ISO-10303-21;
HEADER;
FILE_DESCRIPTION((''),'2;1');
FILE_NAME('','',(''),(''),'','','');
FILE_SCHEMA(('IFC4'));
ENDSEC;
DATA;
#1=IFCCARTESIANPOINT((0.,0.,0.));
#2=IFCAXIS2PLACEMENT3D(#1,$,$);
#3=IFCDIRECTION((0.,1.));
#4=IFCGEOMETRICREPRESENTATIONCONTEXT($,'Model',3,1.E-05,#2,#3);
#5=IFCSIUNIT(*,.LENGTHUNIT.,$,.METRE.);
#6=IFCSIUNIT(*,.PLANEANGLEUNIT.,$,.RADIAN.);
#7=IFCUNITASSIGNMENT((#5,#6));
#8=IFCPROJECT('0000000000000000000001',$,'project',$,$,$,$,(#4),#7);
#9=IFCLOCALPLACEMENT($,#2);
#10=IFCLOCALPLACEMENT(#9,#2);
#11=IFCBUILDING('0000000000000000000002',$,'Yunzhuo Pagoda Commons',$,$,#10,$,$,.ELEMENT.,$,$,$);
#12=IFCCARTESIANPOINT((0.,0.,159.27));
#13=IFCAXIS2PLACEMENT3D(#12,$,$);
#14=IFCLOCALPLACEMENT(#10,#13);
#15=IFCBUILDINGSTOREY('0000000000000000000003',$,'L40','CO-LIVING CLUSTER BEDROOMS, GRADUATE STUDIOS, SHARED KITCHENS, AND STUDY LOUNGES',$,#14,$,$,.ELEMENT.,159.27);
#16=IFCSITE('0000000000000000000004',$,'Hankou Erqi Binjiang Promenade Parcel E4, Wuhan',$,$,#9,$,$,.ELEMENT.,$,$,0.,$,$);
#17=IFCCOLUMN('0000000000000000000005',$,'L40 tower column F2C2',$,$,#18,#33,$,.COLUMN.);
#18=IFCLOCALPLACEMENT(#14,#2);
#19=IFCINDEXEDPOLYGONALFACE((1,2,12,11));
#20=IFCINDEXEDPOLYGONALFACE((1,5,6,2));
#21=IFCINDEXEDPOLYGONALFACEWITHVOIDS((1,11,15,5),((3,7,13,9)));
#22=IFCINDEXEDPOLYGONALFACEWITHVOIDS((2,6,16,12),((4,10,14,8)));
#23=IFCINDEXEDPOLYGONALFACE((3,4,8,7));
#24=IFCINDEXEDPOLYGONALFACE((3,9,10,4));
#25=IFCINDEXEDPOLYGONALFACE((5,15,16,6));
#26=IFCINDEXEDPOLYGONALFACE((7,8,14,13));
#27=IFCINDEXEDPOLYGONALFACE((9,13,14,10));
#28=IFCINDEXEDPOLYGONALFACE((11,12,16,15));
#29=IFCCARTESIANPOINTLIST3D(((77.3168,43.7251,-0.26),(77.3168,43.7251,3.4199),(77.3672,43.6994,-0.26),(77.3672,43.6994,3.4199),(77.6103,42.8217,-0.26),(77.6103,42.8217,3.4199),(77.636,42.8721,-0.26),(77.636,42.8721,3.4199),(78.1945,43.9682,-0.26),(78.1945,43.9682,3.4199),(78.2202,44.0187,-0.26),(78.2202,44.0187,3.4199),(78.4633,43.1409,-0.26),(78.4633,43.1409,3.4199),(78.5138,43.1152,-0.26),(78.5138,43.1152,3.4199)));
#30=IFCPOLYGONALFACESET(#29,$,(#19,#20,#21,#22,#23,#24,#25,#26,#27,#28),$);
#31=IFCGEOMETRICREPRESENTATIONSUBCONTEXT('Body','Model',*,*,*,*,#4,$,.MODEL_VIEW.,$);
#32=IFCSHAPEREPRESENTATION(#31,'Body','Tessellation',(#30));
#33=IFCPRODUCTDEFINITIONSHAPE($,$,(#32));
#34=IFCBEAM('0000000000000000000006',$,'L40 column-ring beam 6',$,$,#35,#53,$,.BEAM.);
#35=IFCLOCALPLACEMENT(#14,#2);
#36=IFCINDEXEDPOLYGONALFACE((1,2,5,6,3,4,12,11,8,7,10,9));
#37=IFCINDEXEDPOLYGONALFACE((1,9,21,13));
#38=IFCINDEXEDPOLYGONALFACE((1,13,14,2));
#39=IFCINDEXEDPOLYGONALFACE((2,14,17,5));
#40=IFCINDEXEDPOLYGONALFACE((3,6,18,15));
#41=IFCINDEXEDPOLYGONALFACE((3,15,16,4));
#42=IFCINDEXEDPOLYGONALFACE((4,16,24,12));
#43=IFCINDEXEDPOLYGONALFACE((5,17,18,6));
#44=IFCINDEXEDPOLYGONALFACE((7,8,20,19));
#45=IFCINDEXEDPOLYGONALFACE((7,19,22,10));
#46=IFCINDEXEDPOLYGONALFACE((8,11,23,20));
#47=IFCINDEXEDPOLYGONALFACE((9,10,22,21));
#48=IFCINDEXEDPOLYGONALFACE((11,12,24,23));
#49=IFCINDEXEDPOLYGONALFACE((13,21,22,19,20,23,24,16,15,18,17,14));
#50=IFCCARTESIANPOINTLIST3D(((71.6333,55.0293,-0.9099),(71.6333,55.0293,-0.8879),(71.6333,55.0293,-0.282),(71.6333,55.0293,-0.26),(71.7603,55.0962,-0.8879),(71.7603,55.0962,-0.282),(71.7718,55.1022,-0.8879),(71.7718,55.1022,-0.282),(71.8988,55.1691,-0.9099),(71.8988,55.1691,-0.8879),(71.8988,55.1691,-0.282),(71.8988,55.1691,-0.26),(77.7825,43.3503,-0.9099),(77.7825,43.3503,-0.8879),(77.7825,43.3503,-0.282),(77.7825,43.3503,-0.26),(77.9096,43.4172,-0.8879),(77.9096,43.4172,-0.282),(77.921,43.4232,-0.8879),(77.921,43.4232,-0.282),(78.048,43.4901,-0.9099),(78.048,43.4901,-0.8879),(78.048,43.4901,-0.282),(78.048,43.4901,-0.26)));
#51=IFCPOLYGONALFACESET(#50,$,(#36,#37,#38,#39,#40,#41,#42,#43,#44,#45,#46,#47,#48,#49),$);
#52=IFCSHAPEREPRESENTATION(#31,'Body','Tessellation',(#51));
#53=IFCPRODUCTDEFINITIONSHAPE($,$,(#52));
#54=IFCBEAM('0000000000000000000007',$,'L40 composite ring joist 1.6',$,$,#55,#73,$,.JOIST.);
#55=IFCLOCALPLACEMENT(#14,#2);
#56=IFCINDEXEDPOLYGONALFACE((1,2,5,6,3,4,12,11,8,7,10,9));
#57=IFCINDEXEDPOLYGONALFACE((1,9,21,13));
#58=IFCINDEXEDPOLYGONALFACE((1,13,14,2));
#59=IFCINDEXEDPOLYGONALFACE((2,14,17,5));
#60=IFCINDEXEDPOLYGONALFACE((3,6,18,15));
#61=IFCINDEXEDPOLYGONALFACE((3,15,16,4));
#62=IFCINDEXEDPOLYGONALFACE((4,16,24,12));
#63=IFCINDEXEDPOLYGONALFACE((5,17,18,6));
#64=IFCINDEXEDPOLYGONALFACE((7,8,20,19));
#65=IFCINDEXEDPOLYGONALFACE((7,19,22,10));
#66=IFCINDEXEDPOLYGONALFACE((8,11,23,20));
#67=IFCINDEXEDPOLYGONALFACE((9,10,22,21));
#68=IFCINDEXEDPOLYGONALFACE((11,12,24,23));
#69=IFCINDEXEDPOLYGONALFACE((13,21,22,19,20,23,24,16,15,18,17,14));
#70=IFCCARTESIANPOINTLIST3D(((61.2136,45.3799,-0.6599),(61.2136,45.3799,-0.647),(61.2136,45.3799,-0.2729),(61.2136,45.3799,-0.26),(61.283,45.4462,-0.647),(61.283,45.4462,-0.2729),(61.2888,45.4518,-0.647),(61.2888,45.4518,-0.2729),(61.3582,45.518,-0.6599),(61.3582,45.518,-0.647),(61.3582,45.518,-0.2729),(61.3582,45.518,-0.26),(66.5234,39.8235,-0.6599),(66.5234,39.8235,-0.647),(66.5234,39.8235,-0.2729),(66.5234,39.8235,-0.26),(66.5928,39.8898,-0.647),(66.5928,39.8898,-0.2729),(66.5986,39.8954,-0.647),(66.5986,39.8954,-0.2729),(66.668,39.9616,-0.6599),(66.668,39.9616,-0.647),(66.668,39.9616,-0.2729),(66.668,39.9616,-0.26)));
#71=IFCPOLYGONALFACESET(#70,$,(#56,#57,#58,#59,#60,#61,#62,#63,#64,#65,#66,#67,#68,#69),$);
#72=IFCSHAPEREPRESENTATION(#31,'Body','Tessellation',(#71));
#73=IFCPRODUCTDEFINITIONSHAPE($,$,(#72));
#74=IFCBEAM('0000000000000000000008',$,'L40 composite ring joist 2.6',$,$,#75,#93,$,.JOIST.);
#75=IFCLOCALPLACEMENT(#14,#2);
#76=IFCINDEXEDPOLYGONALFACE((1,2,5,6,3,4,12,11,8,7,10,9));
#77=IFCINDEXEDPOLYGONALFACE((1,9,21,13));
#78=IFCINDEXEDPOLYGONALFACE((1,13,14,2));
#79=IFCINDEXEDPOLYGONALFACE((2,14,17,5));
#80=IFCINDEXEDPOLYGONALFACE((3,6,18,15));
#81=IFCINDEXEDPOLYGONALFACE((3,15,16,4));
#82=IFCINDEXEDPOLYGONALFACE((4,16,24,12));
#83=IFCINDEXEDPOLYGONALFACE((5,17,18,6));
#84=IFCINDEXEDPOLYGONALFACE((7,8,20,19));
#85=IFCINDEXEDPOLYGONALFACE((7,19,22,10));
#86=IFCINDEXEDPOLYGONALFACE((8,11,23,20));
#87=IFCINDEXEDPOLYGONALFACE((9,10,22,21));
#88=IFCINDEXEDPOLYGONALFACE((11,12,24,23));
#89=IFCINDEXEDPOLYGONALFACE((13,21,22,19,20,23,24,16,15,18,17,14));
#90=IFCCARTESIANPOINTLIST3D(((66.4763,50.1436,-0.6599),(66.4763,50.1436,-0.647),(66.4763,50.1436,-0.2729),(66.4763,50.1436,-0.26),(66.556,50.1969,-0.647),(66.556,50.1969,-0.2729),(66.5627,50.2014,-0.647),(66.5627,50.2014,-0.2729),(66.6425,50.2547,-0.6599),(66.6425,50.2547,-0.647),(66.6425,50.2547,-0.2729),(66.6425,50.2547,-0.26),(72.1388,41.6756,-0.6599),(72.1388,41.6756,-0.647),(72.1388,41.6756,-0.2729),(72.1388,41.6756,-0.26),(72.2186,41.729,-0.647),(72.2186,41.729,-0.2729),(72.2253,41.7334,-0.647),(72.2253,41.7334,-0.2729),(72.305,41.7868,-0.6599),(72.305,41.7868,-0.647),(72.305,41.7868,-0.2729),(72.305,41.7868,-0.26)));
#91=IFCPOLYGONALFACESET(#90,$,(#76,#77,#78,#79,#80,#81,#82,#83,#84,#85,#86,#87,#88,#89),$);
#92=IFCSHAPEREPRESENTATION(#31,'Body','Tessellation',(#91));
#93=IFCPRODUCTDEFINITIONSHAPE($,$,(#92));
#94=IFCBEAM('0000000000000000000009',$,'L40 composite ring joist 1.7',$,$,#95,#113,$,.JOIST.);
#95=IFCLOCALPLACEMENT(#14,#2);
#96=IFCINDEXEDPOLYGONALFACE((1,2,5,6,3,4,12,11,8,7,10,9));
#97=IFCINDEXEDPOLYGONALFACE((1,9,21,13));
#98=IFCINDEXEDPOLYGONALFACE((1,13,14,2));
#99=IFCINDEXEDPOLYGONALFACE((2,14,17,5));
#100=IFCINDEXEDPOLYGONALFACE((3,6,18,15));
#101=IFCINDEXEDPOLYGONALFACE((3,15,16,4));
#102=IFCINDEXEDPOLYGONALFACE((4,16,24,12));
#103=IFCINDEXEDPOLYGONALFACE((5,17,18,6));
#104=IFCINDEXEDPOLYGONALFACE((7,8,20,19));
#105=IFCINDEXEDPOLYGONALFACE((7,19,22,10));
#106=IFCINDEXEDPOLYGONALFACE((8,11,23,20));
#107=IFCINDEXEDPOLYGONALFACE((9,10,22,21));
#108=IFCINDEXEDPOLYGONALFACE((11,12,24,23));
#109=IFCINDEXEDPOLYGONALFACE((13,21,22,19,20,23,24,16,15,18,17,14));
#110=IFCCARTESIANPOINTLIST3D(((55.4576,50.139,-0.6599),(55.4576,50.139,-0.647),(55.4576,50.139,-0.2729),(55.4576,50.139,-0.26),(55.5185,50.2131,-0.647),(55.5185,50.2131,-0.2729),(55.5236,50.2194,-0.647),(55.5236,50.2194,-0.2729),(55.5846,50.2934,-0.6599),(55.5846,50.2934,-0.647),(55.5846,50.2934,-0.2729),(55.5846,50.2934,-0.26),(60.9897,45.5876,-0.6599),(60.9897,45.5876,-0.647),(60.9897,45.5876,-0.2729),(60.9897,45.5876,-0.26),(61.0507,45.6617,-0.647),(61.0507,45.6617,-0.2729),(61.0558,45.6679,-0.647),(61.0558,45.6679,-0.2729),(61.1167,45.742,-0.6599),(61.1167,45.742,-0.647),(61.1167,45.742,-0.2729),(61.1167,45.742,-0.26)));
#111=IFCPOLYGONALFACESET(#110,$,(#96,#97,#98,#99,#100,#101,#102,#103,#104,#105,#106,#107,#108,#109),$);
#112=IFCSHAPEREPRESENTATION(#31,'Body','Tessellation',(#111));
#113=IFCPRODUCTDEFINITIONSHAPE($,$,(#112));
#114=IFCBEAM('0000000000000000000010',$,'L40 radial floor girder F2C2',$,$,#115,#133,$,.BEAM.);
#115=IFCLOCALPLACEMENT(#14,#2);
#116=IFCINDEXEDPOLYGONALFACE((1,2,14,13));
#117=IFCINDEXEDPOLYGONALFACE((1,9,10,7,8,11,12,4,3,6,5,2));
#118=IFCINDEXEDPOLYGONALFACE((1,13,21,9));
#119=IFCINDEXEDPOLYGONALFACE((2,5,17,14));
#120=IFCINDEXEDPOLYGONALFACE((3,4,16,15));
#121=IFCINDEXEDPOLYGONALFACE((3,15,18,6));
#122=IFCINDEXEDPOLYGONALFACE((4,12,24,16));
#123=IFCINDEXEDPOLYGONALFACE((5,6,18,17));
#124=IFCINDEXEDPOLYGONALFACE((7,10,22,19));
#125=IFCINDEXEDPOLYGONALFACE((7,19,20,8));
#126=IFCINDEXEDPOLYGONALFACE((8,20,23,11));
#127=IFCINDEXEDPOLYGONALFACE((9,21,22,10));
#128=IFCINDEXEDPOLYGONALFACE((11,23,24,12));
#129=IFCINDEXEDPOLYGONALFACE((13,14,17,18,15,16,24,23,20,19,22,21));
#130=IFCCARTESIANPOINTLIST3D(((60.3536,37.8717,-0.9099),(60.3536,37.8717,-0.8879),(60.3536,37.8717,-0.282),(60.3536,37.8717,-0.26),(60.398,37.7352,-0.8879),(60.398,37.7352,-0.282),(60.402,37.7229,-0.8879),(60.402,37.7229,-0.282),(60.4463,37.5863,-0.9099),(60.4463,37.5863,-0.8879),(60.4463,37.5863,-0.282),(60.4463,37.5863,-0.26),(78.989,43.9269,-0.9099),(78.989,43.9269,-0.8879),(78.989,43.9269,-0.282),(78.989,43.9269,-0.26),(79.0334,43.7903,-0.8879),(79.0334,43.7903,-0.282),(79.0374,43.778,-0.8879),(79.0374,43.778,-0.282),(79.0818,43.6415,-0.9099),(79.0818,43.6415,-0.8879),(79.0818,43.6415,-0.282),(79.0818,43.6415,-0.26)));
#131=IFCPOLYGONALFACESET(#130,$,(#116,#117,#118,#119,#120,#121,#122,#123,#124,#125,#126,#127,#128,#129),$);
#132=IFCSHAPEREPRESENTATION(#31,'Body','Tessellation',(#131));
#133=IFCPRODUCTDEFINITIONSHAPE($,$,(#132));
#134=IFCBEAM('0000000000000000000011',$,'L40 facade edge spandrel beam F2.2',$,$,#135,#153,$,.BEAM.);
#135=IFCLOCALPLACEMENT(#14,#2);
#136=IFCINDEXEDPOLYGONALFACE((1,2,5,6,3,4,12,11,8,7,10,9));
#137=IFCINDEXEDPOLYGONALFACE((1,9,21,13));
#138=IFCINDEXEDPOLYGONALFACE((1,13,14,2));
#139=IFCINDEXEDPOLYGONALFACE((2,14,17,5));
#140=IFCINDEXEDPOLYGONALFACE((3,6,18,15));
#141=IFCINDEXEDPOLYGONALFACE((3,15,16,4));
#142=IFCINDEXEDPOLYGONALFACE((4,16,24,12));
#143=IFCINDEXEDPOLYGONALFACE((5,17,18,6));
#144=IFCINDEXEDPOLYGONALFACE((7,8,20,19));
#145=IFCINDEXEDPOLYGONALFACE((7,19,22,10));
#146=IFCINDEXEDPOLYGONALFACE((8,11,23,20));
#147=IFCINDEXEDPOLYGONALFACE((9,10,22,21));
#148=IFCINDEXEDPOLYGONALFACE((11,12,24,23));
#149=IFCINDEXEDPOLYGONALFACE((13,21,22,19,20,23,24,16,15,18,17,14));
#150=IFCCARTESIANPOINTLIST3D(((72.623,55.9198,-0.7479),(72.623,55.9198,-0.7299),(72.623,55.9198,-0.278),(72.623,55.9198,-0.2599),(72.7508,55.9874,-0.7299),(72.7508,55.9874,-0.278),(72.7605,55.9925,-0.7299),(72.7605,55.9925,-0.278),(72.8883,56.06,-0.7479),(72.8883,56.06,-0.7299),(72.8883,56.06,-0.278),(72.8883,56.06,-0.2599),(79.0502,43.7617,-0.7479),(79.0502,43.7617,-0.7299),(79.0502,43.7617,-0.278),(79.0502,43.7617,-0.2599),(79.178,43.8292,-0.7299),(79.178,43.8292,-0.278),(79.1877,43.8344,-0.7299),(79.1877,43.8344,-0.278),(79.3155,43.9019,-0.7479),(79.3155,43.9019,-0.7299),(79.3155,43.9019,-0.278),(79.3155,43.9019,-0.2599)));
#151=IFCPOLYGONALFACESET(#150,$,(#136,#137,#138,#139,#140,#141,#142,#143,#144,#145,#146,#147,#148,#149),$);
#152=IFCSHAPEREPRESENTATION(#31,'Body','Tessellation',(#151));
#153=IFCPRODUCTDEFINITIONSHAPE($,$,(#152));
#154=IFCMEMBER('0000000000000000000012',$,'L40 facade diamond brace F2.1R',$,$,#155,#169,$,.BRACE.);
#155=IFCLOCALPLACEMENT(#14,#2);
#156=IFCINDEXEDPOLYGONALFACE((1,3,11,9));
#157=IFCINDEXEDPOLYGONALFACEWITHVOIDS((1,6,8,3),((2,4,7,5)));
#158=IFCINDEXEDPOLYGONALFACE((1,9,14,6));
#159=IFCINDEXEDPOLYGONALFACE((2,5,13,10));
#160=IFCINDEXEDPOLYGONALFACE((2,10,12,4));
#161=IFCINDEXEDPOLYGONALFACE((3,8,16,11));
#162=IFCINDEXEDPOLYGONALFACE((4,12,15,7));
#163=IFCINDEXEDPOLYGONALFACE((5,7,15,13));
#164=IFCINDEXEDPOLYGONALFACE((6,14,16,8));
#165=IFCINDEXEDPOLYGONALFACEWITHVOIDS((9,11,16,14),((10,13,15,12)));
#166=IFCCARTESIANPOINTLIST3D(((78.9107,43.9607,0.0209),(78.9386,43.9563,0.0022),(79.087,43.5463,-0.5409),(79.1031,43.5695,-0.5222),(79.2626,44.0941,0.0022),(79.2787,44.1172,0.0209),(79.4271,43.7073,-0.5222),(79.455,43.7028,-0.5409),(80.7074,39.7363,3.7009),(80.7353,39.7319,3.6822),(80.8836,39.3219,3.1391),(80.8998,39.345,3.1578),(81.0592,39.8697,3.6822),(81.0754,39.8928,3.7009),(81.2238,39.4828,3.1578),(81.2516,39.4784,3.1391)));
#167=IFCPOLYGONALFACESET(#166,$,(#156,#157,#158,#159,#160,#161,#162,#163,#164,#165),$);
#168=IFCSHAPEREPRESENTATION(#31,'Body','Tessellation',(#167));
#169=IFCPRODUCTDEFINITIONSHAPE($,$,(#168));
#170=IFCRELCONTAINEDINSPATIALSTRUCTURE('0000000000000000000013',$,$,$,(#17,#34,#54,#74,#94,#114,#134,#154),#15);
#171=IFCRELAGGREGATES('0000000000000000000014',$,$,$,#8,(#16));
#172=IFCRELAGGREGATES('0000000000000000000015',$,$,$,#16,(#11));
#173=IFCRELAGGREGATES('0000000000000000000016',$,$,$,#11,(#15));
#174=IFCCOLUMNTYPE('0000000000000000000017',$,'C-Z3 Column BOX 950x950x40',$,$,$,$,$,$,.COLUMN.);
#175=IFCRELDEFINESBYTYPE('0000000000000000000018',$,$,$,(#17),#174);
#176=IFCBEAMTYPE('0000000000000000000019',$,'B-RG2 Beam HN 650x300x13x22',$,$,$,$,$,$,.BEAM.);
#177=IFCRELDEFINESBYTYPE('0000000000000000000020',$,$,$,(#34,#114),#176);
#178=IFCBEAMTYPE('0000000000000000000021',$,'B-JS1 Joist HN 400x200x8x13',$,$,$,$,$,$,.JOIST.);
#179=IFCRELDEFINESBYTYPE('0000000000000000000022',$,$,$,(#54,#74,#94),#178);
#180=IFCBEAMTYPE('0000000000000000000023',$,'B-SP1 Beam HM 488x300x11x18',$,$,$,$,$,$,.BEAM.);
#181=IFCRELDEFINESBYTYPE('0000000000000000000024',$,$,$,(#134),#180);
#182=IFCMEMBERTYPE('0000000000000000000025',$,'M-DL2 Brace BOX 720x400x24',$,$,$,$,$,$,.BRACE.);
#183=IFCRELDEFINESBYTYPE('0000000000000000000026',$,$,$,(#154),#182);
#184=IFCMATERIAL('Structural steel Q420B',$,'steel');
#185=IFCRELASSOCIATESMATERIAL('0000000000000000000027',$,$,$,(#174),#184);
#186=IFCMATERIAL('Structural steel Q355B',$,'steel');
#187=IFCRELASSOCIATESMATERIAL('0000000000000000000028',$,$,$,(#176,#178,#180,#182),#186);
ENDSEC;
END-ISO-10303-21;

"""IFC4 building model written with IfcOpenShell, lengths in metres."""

from ifc_helpers import new_model, si_unit, direction, frame, origin, origin_2d, place, context, subcontext, project, spatial, hollow_rectangle, i_section, extrude, source, transform, mapped, material, material_profile, profile_set, type_object, element, save


model = new_model("IFC4")

# Units and contexts
model_context = context("Model", 3, precision=1e-05, world=origin(), true_north=direction((0.0, 1.0)))
body_context = subcontext(model_context, "Body", "Model", "MODEL_VIEW")
ifc_project = project(units=[si_unit("LENGTHUNIT", "METRE"), si_unit("PLANEANGLEUNIT", "RADIAN")], contexts=[model_context])

# Site, building, storey
site_placement = place(None, origin())
site = spatial("IfcSite", under=ifc_project, at=site_placement, Name="Hankou Erqi Binjiang Promenade Parcel E4, Wuhan", CompositionType="ELEMENT", RefElevation=0.0)
building_placement = place(site_placement, origin())
building = spatial("IfcBuilding", under=site, at=building_placement, Name="Yunzhuo Pagoda Commons", CompositionType="ELEMENT")
storey_placement = place(building_placement, frame((0.0, 0.0, 159.27)))
storey = spatial("IfcBuildingStorey", under=building, at=storey_placement, Name="L40", Description="CO-LIVING CLUSTER BEDROOMS, GRADUATE STUDIOS, SHARED KITCHENS, AND STUDY LOUNGES", CompositionType="ELEMENT", Elevation=159.27)

# Column
ifc_material_1 = material(Name="Structural steel Q420B", Category="steel")
ifc_material_profile_1 = material_profile(ifc_material_1, hollow_rectangle(XDim=0.95, YDim=0.95, WallThickness=0.04, at=origin_2d()), Name="Structural steel Q420B")
ifc_profile_set_1 = profile_set([ifc_material_profile_1], Name="Structural steel Q420B")
column_type = type_object("IfcColumnType", Name="C-Z3 Column BOX 950x950x40", PredefinedType="COLUMN", material=ifc_profile_set_1)
shared_shape_1 = source(origin(), body_context, "Body", "SweptSolid", [
    extrude(hollow_rectangle(XDim=0.95, YDim=0.95, WallThickness=0.04, at=origin_2d()), origin(), (0.0, 0.0, 1.0), 3.6799),
])
column_placement = place(storey_placement, frame((77.9153, 43.4202, -0.26), z_axis=(0.0, 0.0, 1.0), x_axis=(-0.309017, 0.951057, 0.0)))
element("IfcColumn", 1, at=column_placement, inside=storey, type_object=column_type, Name="L40 tower column F2C2", PredefinedType="COLUMN", context=body_context, shape_type="MappedRepresentation", body=[
    mapped(shared_shape_1, transform((0.0, 0.0, 0.0), scale=1.0)),
])

# Beams
ifc_material_2 = material(Name="Structural steel Q355B", Category="steel")
ifc_material_profile_2 = material_profile(ifc_material_2, i_section(OverallWidth=0.3, OverallDepth=0.6499, WebThickness=0.0129, FlangeThickness=0.022, at=origin_2d()), Name="Structural steel Q355B")
ifc_profile_set_2 = profile_set([ifc_material_profile_2], Name="Structural steel Q355B")
beam_type_1 = type_object("IfcBeamType", Name="B-RG2 Beam HN 650x300x13x22", PredefinedType="BEAM", material=ifc_profile_set_2)
shared_shape_2 = source(origin(), body_context, "Body", "SweptSolid", [
    extrude(i_section(OverallWidth=0.3, OverallDepth=0.6499, WebThickness=0.0129, FlangeThickness=0.022, at=origin_2d()), origin(), (0.0, 0.0, 1.0), 13.199),
])
beam_1_placement = place(storey_placement, frame((77.9153, 43.4202, -0.585), z_axis=(-0.465886, 0.884845, 0.0), x_axis=(-0.884845, -0.465886, 0.0)))
element("IfcBeam", 2, at=beam_1_placement, inside=storey, type_object=beam_type_1, Name="L40 column-ring beam 6", PredefinedType="BEAM", context=body_context, shape_type="MappedRepresentation", body=[
    mapped(shared_shape_2, transform((0.0, 0.0, 0.0), scale=1.0)),
])
ifc_material_profile_3 = material_profile(ifc_material_2, i_section(OverallWidth=0.2, OverallDepth=0.3999, WebThickness=0.0081, FlangeThickness=0.0129, at=origin_2d()), Name="Structural steel Q355B")
ifc_profile_set_3 = profile_set([ifc_material_profile_3], Name="Structural steel Q355B")
beam_type_2 = type_object("IfcBeamType", Name="B-JS1 Joist HN 400x200x8x13", PredefinedType="JOIST", material=ifc_profile_set_3)
shared_shape_3 = source(origin(), body_context, "Body", "SweptSolid", [
    extrude(i_section(OverallWidth=0.2, OverallDepth=0.3999, WebThickness=0.0081, FlangeThickness=0.0129, at=origin_2d()), origin(), (0.0, 0.0, 1.0), 7.6855),
])
beam_2_placement = place(storey_placement, frame((66.5957, 39.8926, -0.46), z_axis=(-0.690883, 0.722967, 0.0), x_axis=(-0.722967, -0.690883, 0.0)))
element("IfcBeam", 3, at=beam_2_placement, inside=storey, type_object=beam_type_2, Name="L40 composite ring joist 1.6", PredefinedType="JOIST", context=body_context, shape_type="MappedRepresentation", body=[
    mapped(shared_shape_3, transform((0.0, 0.0, 0.0), scale=1.0)),
])
shared_shape_4 = source(origin(), body_context, "Body", "SweptSolid", [
    extrude(i_section(OverallWidth=0.2, OverallDepth=0.3999, WebThickness=0.0081, FlangeThickness=0.0129, at=origin_2d()), origin(), (0.0, 0.0, 1.0), 10.1868),
])
beam_3_placement = place(storey_placement, frame((72.2219, 41.7312, -0.46), z_axis=(-0.555872, 0.831268, 0.0), x_axis=(-0.831268, -0.555872, 0.0)))
element("IfcBeam", 4, at=beam_3_placement, inside=storey, type_object=beam_type_2, Name="L40 composite ring joist 2.6", PredefinedType="JOIST", context=body_context, shape_type="MappedRepresentation", body=[
    mapped(shared_shape_4, transform((0.0, 0.0, 0.0), scale=1.0)),
])
shared_shape_5 = source(origin(), body_context, "Body", "SweptSolid", [
    extrude(i_section(OverallWidth=0.2, OverallDepth=0.3999, WebThickness=0.0081, FlangeThickness=0.0129, at=origin_2d()), origin(), (0.0, 0.0, 1.0), 7.1638),
])
beam_4_placement = place(storey_placement, frame((61.0532, 45.6648, -0.46), z_axis=(-0.772234, 0.635338, 0.0), x_axis=(-0.635338, -0.772234, 0.0)))
element("IfcBeam", 5, at=beam_4_placement, inside=storey, type_object=beam_type_2, Name="L40 composite ring joist 1.7", PredefinedType="JOIST", context=body_context, shape_type="MappedRepresentation", body=[
    mapped(shared_shape_5, transform((0.0, 0.0, 0.0), scale=1.0)),
])
shared_shape_6 = source(origin(), body_context, "Body", "SweptSolid", [
    extrude(i_section(OverallWidth=0.3, OverallDepth=0.6499, WebThickness=0.0129, FlangeThickness=0.022, at=origin_2d()), origin(), (0.0, 0.0, 1.0), 19.5945),
])
beam_5_placement = place(storey_placement, frame((79.0354, 43.7842, -0.585), z_axis=(-0.951054, -0.309023, 0.0), x_axis=(0.309023, -0.951054, 0.0)))
element("IfcBeam", 6, at=beam_5_placement, inside=storey, type_object=beam_type_1, Name="L40 radial floor girder F2C2", PredefinedType="BEAM", context=body_context, shape_type="MappedRepresentation", body=[
    mapped(shared_shape_6, transform((0.0, 0.0, 0.0), scale=1.0)),
])
ifc_material_profile_4 = material_profile(ifc_material_2, i_section(OverallWidth=0.3, OverallDepth=0.488, WebThickness=0.011, FlangeThickness=0.0181, at=origin_2d()), Name="Structural steel Q355B")
ifc_profile_set_4 = profile_set([ifc_material_profile_4], Name="Structural steel Q355B")
beam_type_3 = type_object("IfcBeamType", Name="B-SP1 Beam HM 488x300x11x18", PredefinedType="BEAM", material=ifc_profile_set_4)
shared_shape_7 = source(origin(), body_context, "Body", "SweptSolid", [
    extrude(i_section(OverallWidth=0.3, OverallDepth=0.488, WebThickness=0.011, FlangeThickness=0.0181, at=origin_2d()), origin(), (0.0, 0.0, 1.0), 13.7524),
])
beam_6_placement = place(storey_placement, frame((79.1829, 43.8318, -0.5039), z_axis=(-0.467351, 0.884072, 0.0), x_axis=(-0.884072, -0.467351, 0.0)))
element("IfcBeam", 7, at=beam_6_placement, inside=storey, type_object=beam_type_3, Name="L40 facade edge spandrel beam F2.2", PredefinedType="BEAM", context=body_context, shape_type="MappedRepresentation", body=[
    mapped(shared_shape_7, transform((0.0, 0.0, 0.0), scale=1.0)),
])

# Member
ifc_material_profile_5 = material_profile(ifc_material_2, hollow_rectangle(XDim=0.3999, YDim=0.72, WallThickness=0.0239, at=origin_2d()), Name="Structural steel Q355B")
ifc_profile_set_5 = profile_set([ifc_material_profile_5], Name="Structural steel Q355B")
member_type_1 = type_object("IfcMemberType", Name="M-DL2 Brace BOX 720x400x24", PredefinedType="BRACE", material=ifc_profile_set_5)
shared_shape_8 = source(origin(), body_context, "Body", "SweptSolid", [
    extrude(hollow_rectangle(XDim=0.3999, YDim=0.72, WallThickness=0.0239, at=origin_2d()), origin(), (0.0, 0.0, 1.0), 5.8835),
])
member_1_placement = place(storey_placement, frame((79.1829, 43.8318, -0.26), z_axis=(0.30537, -0.718008, 0.625471), x_axis=(0.920231, 0.391376, 0.0)))
element("IfcMember", 8, at=member_1_placement, inside=storey, type_object=member_type_1, Name="L40 facade diamond brace F2.1R", PredefinedType="BRACE", context=body_context, shape_type="MappedRepresentation", body=[
    mapped(shared_shape_8, transform((0.0, 0.0, 0.0), scale=1.0)),
])

save(model, "model.ifc")
